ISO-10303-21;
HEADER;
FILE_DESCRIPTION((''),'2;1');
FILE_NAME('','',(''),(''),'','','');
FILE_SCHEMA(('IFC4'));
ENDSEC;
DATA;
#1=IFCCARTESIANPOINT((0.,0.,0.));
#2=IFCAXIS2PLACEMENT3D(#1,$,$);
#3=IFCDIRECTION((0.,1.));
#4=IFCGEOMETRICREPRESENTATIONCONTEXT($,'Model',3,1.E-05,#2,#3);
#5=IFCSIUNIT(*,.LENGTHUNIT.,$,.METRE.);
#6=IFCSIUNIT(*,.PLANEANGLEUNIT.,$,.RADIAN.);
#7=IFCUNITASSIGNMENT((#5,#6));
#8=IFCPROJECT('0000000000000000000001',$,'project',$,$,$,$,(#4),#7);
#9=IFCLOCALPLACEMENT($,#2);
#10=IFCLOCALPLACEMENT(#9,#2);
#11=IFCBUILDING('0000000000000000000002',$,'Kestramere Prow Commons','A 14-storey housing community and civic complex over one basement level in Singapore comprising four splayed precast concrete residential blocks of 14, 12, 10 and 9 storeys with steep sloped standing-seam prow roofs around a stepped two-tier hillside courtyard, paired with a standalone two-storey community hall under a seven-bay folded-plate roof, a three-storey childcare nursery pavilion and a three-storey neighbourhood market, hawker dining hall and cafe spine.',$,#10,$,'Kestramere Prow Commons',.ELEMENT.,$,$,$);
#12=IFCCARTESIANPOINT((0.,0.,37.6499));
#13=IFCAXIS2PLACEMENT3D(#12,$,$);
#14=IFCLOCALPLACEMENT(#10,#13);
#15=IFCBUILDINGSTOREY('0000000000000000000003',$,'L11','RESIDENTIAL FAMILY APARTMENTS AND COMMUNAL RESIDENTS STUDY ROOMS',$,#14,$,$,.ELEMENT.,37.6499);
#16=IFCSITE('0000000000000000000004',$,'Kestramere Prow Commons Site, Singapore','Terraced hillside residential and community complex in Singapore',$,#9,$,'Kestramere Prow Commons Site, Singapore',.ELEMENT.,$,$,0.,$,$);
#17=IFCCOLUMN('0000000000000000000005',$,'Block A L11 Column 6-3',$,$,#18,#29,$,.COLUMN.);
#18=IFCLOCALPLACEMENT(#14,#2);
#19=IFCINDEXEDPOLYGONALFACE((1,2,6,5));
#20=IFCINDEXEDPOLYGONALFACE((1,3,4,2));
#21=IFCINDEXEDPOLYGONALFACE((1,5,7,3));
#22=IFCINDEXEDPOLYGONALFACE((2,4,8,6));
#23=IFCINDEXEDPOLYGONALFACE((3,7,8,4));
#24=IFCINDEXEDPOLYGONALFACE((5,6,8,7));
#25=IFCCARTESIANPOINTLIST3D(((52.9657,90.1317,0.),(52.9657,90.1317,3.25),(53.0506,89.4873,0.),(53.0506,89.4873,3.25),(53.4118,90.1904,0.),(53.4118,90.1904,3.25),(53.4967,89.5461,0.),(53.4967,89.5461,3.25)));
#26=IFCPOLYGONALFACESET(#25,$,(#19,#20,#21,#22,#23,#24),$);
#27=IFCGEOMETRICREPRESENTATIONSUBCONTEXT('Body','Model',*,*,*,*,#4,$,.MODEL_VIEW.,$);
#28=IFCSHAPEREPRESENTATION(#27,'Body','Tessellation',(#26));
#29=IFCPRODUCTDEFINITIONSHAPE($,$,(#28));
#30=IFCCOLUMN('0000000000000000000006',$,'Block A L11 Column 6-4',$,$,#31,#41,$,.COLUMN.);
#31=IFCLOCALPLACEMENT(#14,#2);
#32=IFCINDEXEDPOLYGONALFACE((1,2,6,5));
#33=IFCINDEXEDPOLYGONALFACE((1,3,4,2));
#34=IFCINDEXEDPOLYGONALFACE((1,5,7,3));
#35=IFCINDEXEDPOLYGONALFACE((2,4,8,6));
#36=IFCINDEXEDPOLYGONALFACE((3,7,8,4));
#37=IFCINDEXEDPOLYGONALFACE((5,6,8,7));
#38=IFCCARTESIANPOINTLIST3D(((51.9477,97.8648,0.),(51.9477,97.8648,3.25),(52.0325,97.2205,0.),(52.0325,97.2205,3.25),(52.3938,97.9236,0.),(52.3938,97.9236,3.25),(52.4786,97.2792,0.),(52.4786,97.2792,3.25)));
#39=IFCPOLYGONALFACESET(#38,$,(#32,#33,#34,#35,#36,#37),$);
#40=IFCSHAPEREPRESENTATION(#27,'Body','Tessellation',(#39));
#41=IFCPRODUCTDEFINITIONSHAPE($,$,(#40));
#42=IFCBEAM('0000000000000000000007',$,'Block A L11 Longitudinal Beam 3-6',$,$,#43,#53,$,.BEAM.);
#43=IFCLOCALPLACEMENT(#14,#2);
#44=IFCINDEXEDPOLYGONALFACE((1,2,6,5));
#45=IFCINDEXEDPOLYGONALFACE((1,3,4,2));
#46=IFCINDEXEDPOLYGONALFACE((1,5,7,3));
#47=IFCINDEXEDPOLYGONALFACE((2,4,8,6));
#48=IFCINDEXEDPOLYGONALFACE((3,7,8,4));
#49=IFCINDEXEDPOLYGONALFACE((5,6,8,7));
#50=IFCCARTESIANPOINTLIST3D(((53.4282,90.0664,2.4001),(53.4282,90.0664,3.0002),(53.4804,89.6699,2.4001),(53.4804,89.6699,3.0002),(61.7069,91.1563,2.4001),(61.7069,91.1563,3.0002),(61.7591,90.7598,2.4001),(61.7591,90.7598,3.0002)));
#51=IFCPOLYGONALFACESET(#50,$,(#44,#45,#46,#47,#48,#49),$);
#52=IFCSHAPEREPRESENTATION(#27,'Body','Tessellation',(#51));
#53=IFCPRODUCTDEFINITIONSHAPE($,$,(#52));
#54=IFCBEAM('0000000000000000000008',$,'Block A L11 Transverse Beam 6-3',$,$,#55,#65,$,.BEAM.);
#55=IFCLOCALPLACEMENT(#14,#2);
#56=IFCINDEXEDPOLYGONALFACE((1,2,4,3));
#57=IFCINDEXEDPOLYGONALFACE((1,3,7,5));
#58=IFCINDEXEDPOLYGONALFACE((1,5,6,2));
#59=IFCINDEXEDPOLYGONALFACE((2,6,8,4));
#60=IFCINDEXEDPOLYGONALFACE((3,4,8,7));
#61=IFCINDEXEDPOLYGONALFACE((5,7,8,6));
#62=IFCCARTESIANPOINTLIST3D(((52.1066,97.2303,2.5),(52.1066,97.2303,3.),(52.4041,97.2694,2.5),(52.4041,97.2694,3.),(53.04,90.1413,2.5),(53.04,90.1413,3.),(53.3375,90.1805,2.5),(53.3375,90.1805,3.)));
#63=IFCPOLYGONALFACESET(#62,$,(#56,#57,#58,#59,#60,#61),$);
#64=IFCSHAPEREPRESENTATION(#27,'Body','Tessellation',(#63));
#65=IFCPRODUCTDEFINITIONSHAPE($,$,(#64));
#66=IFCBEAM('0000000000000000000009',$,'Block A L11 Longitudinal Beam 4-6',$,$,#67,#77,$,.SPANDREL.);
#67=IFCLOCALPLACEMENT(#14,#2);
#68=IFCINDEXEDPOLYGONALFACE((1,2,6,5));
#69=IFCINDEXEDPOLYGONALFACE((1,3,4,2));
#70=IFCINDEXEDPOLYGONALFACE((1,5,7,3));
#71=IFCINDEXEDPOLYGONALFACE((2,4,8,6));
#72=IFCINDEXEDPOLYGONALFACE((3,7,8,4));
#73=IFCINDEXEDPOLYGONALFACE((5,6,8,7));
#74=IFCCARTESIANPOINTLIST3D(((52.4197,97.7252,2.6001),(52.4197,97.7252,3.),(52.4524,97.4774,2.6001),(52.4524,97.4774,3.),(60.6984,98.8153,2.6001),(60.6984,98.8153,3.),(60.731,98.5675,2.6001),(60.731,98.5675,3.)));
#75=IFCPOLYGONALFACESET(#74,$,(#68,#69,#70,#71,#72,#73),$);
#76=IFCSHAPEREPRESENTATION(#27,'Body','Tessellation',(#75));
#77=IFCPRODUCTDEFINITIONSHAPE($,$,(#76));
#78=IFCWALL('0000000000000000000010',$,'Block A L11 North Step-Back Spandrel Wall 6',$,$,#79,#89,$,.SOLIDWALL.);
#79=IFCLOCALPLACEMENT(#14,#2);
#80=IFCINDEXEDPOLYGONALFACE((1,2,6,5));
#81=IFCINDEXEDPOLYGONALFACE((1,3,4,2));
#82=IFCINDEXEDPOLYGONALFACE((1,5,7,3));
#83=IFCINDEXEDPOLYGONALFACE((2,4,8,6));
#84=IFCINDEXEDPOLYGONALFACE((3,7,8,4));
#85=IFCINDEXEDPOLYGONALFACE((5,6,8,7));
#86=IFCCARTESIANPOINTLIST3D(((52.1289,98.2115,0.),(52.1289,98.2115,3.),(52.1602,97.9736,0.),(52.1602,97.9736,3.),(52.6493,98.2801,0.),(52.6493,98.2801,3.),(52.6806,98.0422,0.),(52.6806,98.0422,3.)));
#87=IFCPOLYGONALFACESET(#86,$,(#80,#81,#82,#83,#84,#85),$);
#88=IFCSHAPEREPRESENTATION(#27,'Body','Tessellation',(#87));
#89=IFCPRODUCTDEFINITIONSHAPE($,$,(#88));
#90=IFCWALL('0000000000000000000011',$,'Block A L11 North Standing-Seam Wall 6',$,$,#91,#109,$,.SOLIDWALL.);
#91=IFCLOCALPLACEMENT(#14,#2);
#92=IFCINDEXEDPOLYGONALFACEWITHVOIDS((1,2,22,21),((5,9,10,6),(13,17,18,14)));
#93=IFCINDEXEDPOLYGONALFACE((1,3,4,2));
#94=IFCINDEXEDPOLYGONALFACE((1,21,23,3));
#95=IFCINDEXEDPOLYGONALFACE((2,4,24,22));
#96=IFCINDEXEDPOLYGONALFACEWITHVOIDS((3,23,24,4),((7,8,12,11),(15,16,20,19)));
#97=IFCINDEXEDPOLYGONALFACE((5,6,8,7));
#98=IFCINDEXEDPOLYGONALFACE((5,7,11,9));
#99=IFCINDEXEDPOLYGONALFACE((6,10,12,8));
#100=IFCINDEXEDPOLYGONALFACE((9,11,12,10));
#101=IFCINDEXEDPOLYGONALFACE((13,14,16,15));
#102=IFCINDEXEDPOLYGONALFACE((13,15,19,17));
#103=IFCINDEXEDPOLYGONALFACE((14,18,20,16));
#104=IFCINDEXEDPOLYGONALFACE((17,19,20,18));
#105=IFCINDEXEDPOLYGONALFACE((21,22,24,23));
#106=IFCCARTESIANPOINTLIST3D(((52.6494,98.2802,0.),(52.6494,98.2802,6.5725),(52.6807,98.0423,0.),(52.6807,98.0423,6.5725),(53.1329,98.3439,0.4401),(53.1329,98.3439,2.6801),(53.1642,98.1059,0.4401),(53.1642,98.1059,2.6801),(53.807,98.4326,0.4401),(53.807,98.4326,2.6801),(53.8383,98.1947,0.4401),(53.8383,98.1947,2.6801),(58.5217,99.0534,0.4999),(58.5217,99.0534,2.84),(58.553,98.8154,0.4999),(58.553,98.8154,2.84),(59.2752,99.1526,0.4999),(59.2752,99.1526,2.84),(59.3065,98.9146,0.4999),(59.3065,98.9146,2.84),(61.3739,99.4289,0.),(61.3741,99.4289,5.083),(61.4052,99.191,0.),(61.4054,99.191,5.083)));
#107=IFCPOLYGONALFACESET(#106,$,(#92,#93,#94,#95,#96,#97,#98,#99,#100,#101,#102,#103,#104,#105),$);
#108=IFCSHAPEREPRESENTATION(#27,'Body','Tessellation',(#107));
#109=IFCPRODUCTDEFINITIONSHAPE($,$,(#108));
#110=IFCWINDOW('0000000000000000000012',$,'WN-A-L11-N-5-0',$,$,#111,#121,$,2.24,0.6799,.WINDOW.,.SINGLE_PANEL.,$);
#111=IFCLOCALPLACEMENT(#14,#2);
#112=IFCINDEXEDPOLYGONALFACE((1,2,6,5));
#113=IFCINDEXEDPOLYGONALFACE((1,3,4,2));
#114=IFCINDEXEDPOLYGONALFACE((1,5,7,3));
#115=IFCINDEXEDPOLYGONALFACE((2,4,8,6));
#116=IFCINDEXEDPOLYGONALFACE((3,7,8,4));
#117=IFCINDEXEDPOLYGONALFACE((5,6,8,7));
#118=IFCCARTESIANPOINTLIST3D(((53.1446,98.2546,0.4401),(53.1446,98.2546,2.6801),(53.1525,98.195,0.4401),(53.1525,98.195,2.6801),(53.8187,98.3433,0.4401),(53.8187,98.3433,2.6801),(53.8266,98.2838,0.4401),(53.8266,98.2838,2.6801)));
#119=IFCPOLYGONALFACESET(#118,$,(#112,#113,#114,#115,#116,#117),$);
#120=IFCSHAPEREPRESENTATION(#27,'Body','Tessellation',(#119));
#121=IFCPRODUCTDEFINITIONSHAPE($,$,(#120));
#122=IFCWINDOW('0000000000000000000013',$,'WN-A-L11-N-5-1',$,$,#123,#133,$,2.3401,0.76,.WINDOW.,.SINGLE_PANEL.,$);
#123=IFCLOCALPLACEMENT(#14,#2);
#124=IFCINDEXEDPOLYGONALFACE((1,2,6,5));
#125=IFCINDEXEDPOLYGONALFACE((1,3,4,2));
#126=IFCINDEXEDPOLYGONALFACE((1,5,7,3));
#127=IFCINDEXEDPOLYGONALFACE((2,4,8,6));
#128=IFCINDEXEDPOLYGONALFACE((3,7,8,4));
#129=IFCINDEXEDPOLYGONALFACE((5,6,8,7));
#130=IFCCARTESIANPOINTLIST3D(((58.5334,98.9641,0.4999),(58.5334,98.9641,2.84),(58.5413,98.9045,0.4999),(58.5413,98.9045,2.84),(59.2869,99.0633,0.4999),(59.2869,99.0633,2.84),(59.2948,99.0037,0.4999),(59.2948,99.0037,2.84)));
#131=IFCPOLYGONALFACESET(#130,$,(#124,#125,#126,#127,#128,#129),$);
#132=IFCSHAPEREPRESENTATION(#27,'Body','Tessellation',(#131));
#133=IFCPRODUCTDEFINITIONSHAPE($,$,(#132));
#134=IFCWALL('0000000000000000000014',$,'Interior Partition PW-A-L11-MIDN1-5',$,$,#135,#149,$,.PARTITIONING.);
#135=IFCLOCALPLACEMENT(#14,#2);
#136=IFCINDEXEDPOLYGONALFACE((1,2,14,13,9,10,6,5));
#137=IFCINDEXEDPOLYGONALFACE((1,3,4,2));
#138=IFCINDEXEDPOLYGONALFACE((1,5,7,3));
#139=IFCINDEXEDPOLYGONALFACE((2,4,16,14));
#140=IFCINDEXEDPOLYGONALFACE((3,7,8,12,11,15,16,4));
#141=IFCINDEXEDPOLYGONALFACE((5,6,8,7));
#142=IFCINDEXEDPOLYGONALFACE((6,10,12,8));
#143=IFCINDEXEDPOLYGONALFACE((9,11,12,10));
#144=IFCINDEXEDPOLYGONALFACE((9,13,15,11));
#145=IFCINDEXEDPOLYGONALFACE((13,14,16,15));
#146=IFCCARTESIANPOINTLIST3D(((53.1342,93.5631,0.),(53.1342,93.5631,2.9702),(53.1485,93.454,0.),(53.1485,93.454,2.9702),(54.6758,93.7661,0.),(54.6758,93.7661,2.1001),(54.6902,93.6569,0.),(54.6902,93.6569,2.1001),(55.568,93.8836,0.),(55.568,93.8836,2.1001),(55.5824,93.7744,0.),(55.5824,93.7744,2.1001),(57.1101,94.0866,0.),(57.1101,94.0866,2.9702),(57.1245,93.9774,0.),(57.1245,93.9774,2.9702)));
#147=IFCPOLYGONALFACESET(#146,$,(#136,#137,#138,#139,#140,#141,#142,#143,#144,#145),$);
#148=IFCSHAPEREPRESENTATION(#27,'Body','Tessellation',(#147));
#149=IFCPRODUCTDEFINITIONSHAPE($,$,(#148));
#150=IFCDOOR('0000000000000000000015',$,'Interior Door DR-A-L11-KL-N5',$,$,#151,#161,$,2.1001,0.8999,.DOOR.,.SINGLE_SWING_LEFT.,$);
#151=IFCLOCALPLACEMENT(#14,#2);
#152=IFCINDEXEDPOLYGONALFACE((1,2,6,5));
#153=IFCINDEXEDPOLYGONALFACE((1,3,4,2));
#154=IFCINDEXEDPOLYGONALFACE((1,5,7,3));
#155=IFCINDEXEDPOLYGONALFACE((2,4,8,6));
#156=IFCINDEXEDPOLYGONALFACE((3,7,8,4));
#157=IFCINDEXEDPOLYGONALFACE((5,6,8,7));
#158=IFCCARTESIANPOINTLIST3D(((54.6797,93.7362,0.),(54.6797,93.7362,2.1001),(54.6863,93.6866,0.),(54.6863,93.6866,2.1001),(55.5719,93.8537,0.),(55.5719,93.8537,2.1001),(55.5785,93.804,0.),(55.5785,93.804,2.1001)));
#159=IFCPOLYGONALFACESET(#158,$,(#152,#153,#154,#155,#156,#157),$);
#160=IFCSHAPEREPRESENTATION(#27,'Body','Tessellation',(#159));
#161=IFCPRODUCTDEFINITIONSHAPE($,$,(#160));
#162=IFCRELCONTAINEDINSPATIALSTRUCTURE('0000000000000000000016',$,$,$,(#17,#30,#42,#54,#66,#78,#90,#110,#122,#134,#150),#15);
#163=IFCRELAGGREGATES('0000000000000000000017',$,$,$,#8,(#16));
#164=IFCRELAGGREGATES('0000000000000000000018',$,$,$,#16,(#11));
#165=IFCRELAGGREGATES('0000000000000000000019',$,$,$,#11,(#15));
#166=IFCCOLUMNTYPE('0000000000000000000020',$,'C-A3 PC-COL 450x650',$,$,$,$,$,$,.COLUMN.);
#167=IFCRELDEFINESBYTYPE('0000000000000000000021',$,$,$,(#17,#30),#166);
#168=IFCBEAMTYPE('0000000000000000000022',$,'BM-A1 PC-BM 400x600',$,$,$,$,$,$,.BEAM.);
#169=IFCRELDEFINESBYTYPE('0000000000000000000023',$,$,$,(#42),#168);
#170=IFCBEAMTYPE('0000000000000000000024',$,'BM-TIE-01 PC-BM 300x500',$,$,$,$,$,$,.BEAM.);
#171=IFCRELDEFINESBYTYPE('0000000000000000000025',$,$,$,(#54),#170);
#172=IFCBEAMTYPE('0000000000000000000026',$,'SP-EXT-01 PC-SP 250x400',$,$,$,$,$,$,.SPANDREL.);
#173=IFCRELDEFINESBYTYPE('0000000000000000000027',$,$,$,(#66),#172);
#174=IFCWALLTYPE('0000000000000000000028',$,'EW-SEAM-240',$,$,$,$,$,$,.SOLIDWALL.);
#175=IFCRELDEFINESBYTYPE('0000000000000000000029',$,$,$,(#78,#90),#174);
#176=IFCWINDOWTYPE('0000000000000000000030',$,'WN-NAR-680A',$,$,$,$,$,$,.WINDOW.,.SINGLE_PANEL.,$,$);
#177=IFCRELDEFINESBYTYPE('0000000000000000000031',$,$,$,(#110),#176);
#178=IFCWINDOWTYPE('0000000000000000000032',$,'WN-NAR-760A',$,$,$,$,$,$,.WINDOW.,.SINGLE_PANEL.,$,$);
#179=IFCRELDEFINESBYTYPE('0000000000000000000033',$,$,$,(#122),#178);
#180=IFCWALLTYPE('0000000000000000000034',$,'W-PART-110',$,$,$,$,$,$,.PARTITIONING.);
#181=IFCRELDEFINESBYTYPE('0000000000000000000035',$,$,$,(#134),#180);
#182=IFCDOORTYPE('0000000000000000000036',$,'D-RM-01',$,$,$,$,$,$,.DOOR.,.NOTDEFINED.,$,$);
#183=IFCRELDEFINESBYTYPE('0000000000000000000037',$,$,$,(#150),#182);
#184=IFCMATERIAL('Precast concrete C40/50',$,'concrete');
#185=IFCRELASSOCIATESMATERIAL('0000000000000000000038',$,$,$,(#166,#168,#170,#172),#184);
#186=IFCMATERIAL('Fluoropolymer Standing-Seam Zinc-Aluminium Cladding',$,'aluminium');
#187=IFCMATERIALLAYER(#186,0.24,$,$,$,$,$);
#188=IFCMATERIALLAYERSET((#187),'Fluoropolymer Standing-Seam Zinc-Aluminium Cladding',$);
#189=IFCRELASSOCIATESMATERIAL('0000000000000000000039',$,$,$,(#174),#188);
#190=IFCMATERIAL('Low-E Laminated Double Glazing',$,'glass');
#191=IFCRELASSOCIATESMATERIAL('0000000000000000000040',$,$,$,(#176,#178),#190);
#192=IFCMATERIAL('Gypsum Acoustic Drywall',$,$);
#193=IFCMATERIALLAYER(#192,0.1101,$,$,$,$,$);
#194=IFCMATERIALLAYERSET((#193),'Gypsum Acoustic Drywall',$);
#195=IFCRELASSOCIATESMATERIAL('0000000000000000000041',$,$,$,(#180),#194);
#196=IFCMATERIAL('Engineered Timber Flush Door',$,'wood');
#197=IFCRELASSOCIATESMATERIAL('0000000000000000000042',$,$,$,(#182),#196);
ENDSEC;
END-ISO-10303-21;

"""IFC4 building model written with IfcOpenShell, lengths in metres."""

from ifc_helpers import new_model, si_unit, direction, frame, frame_2d, origin, origin_2d, place, context, subcontext, project, spatial, polyline, rectangle, outline, extrude, material, layer, layer_set, material_profile, profile_set, type_object, element, fill, save


model = new_model("IFC4")

# Units and contexts
model_context = context("Model", 3, precision=1e-05, world=origin(), true_north=direction((0.0, 1.0)))
body_context = subcontext(model_context, "Body", "Model", "MODEL_VIEW")
ifc_project = project(units=[si_unit("LENGTHUNIT", "METRE"), si_unit("PLANEANGLEUNIT", "RADIAN")], contexts=[model_context])

# Site, building, storey
site_placement = place(None, origin())
site = spatial("IfcSite", under=ifc_project, at=site_placement, Name="Kestramere Prow Commons Site, Singapore", Description="Terraced hillside residential and community complex in Singapore", LongName="Kestramere Prow Commons Site, Singapore", CompositionType="ELEMENT", RefElevation=0.0)
building_placement = place(site_placement, origin())
building = spatial("IfcBuilding", under=site, at=building_placement, Name="Kestramere Prow Commons", Description="A 14-storey housing community and civic complex over one basement level in Singapore comprising four splayed precast concrete residential blocks of 14, 12, 10 and 9 storeys with steep sloped standing-seam prow roofs around a stepped two-tier hillside courtyard, paired with a standalone two-storey community hall under a seven-bay folded-plate roof, a three-storey childcare nursery pavilion and a three-storey neighbourhood market, hawker dining hall and cafe spine.", LongName="Kestramere Prow Commons", CompositionType="ELEMENT")
storey_placement = place(building_placement, frame((0.0, 0.0, 37.6499)))
storey = spatial("IfcBuildingStorey", under=building, at=storey_placement, Name="L11", Description="RESIDENTIAL FAMILY APARTMENTS AND COMMUNAL RESIDENTS STUDY ROOMS", CompositionType="ELEMENT", Elevation=37.6499)

# Columns
ifc_material_1 = material(Name="Precast concrete C40/50", Category="concrete")
ifc_material_profile_1 = material_profile(ifc_material_1, rectangle(XDim=0.45, YDim=0.6499, at=origin_2d()), Name="PC-COL 450x650")
ifc_profile_set_1 = profile_set([ifc_material_profile_1], Name="Precast concrete C40/50")
column_type = type_object("IfcColumnType", Name="C-A3 PC-COL 450x650", PredefinedType="COLUMN", material=ifc_profile_set_1)
for number, where, z_axis, x_axis, name in (
    (1, (53.2312, 89.8389, 0.0), (0.0, 0.0, 1.0), (0.991445, 0.130526, 0.0), "Block A L11 Column 6-3"),
    (2, (52.2131, 97.572, 0.0), (0.0, 0.0, 1.0), (0.991445, 0.130526, 0.0), "Block A L11 Column 6-4"),
):
    element("IfcColumn", number, at=place(storey_placement, frame(where, z_axis=z_axis, x_axis=x_axis)), inside=storey, type_object=column_type, Name=name, PredefinedType="COLUMN", context=body_context, shape_type="SweptSolid", body=[
        extrude(rectangle(XDim=0.45, YDim=0.6499, at=origin_2d()), origin(), (0.0, 0.0, 1.0), 3.25),
    ])

# Beams
ifc_material_profile_2 = material_profile(ifc_material_1, rectangle(XDim=0.3999, YDim=0.6001, at=origin_2d()), Name="PC-BM 400x600")
ifc_profile_set_2 = profile_set([ifc_material_profile_2], Name="Precast concrete C40/50")
beam_type_1 = type_object("IfcBeamType", Name="BM-A1 PC-BM 400x600", PredefinedType="BEAM", material=ifc_profile_set_2)
beam_1_placement = place(storey_placement, frame((53.4543, 89.8682, 2.7002), z_axis=(0.991446, 0.13052, 0.0), x_axis=(-0.13052, 0.991446, 0.0)))
element("IfcBeam", 3, at=beam_1_placement, inside=storey, type_object=beam_type_1, Name="Block A L11 Longitudinal Beam 3-6", PredefinedType="BEAM", context=body_context, shape_type="SweptSolid", body=[
    extrude(rectangle(XDim=0.3999, YDim=0.6001, at=origin_2d()), origin(), (0.0, 0.0, 1.0), 8.3501),
])
ifc_material_profile_3 = material_profile(ifc_material_1, rectangle(XDim=0.3, YDim=0.5, at=origin_2d()), Name="PC-BM 300x500")
ifc_profile_set_3 = profile_set([ifc_material_profile_3], Name="Precast concrete C40/50")
beam_type_2 = type_object("IfcBeamType", Name="BM-TIE-01 PC-BM 300x500", PredefinedType="BEAM", material=ifc_profile_set_3)
beam_2_placement = place(storey_placement, frame((53.1887, 90.1609, 2.75), z_axis=(-0.130538, 0.991443, 0.0), x_axis=(-0.991443, -0.130538, 0.0)))
element("IfcBeam", 4, at=beam_2_placement, inside=storey, type_object=beam_type_2, Name="Block A L11 Transverse Beam 6-3", PredefinedType="BEAM", context=body_context, shape_type="SweptSolid", body=[
    extrude(rectangle(XDim=0.3, YDim=0.5, at=origin_2d()), origin(), (0.0, 0.0, 1.0), 7.1501),
])
ifc_material_profile_4 = material_profile(ifc_material_1, rectangle(XDim=0.25, YDim=0.3999, at=origin_2d()), Name="PC-SP 250x400")
ifc_profile_set_4 = profile_set([ifc_material_profile_4], Name="Precast concrete C40/50")
beam_type_3 = type_object("IfcBeamType", Name="SP-EXT-01 PC-SP 250x400", PredefinedType="SPANDREL", material=ifc_profile_set_4)
beam_3_placement = place(storey_placement, frame((52.436, 97.6013, 2.8), z_axis=(0.991442, 0.130549, 0.0), x_axis=(-0.130549, 0.991442, 0.0)))
element("IfcBeam", 5, at=beam_3_placement, inside=storey, type_object=beam_type_3, Name="Block A L11 Longitudinal Beam 4-6", PredefinedType="SPANDREL", context=body_context, shape_type="SweptSolid", body=[
    extrude(rectangle(XDim=0.25, YDim=0.3999, at=origin_2d()), origin(), (0.0, 0.0, 1.0), 8.3501),
])

# Wall
ifc_material_2 = material(Name="Fluoropolymer Standing-Seam Zinc-Aluminium Cladding", Category="aluminium")
ifc_layer_1 = layer(ifc_material_2, 0.24)
ifc_layer_set_1 = layer_set([ifc_layer_1], Name="Fluoropolymer Standing-Seam Zinc-Aluminium Cladding")
wall_type_1 = type_object("IfcWallType", Name="EW-SEAM-240", PredefinedType="SOLIDWALL", material=ifc_layer_set_1)
wall_1_placement = place(storey_placement, frame((52.1445, 98.0925, 0.0), z_axis=(0.0, 0.0, 1.0), x_axis=(0.991426, 0.130671, 0.0)))
element("IfcWall", 6, at=wall_1_placement, inside=storey, type_object=wall_type_1, Name="Block A L11 North Step-Back Spandrel Wall 6", PredefinedType="SOLIDWALL", context=body_context, shape_type="SweptSolid", body=[
    extrude(rectangle(XDim=0.5249, YDim=0.24, at=frame_2d((0.2625, 0.0))), origin(), (0.0, 0.0, 1.0), 3.0),
])

# Wall, openings, windows
wall_2_placement = place(storey_placement, frame((52.665, 98.1611, 0.0), z_axis=(0.0, 0.0, 1.0), x_axis=(0.991444, 0.130533, 0.0)))
wall_2 = element("IfcWall", 7, at=wall_2_placement, inside=storey, type_object=wall_type_1, Name="Block A L11 North Standing-Seam Wall 6", PredefinedType="SOLIDWALL", context=body_context, shape_type="SweptSolid", body=[
    extrude(outline(polyline([(0.0, 0.0), (8.7998, 0.0), (8.8, 5.083), (0.0, 6.5725), (0.0, 0.0)])), frame((0.0, 0.1201, 0.0), z_axis=(0.0, -1.0, 0.0), x_axis=(1.0, 0.0, 0.0)), (0.0, 0.0, 1.0), 0.24),
])
opening_1_placement = place(wall_2_placement, frame((0.4878, 0.0, 0.4399)))
opening_1 = element("IfcOpeningElement", 8, at=opening_1_placement, cuts=wall_2, PredefinedType="OPENING", context=body_context, shape_type="SweptSolid", body=[
    extrude(rectangle(XDim=0.6799, YDim=2.24, at=frame_2d((0.3398, 1.1201))), frame((0.0, 0.135, 0.0), z_axis=(0.0, -1.0, 0.0), x_axis=(1.0, 0.0, 0.0)), (0.0, 0.0, 1.0), 0.27),
])
opening_2_placement = place(wall_2_placement, frame((5.9231, 0.0, 0.5)))
opening_2 = element("IfcOpeningElement", 9, at=opening_2_placement, cuts=wall_2, PredefinedType="OPENING", context=body_context, shape_type="SweptSolid", body=[
    extrude(rectangle(XDim=0.76, YDim=2.3401, at=frame_2d((0.3799, 1.1699))), frame((0.0, 0.135, 0.0), z_axis=(0.0, -1.0, 0.0), x_axis=(1.0, 0.0, 0.0)), (0.0, 0.0, 1.0), 0.27),
])
ifc_material_3 = material(Name="Low-E Laminated Double Glazing", Category="glass")
window_type_1 = type_object("IfcWindowType", Name="WN-NAR-680A", PartitioningType="SINGLE_PANEL", PredefinedType="WINDOW", material=ifc_material_3)
window_1_placement = place(opening_1_placement, origin())
window_1 = element("IfcWindow", 10, at=window_1_placement, inside=storey, type_object=window_type_1, Name="WN-A-L11-N-5-0", OverallHeight=2.24, OverallWidth=0.6799, PartitioningType="SINGLE_PANEL", PredefinedType="WINDOW", context=body_context, shape_type="SweptSolid", body=[
    extrude(rectangle(XDim=0.6799, YDim=2.24, at=frame_2d((0.3398, 1.1201))), frame((0.0, 0.03, 0.0), z_axis=(0.0, -1.0, 0.0), x_axis=(1.0, 0.0, 0.0)), (0.0, 0.0, 1.0), 0.0601),
])
fill(opening_1, window_1)
window_type_2 = type_object("IfcWindowType", Name="WN-NAR-760A", PartitioningType="SINGLE_PANEL", PredefinedType="WINDOW", material=ifc_material_3)
window_2_placement = place(opening_2_placement, origin())
window_2 = element("IfcWindow", 11, at=window_2_placement, inside=storey, type_object=window_type_2, Name="WN-A-L11-N-5-1", OverallHeight=2.3401, OverallWidth=0.76, PartitioningType="SINGLE_PANEL", PredefinedType="WINDOW", context=body_context, shape_type="SweptSolid", body=[
    extrude(rectangle(XDim=0.76, YDim=2.3401, at=frame_2d((0.3799, 1.1699))), frame((0.0, 0.03, 0.0), z_axis=(0.0, -1.0, 0.0), x_axis=(1.0, 0.0, 0.0)), (0.0, 0.0, 1.0), 0.0601),
])
fill(opening_2, window_2)

# Wall, opening, door
ifc_material_4 = material(Name="Gypsum Acoustic Drywall")
ifc_layer_2 = layer(ifc_material_4, 0.1101)
ifc_layer_set_2 = layer_set([ifc_layer_2], Name="Gypsum Acoustic Drywall")
wall_type_2 = type_object("IfcWallType", Name="W-PART-110", PredefinedType="PARTITIONING", material=ifc_layer_set_2)
wall_3_placement = place(storey_placement, frame((53.1414, 93.5085, 0.0), z_axis=(0.0, 0.0, 1.0), x_axis=(0.991445, 0.130529, 0.0)))
wall_3 = element("IfcWall", 12, at=wall_3_placement, inside=storey, type_object=wall_type_2, Name="Interior Partition PW-A-L11-MIDN1-5", PredefinedType="PARTITIONING", context=body_context, shape_type="SweptSolid", body=[
    extrude(rectangle(XDim=4.0103, YDim=0.1101, at=frame_2d((2.0051, 0.0))), origin(), (0.0, 0.0, 1.0), 2.9702),
])
opening_3_placement = place(wall_3_placement, frame((1.5549, 0.0, 0.0)))
opening_3 = element("IfcOpeningElement", 13, at=opening_3_placement, cuts=wall_3, PredefinedType="OPENING", context=body_context, shape_type="SweptSolid", body=[
    extrude(rectangle(XDim=0.8999, YDim=2.1001, at=frame_2d((0.45, 1.05))), frame((0.0, 0.0701, 0.0), z_axis=(0.0, -1.0, 0.0), x_axis=(1.0, 0.0, 0.0)), (0.0, 0.0, 1.0), 0.1401),
])
ifc_material_5 = material(Name="Engineered Timber Flush Door", Category="wood")
door_type_1 = type_object("IfcDoorType", Name="D-RM-01", OperationType="NOTDEFINED", PredefinedType="DOOR", material=ifc_material_5)
door_1_placement = place(opening_3_placement, origin())
door_1 = element("IfcDoor", 14, at=door_1_placement, inside=storey, type_object=door_type_1, Name="Interior Door DR-A-L11-KL-N5", OperationType="SINGLE_SWING_LEFT", OverallHeight=2.1001, OverallWidth=0.8999, PredefinedType="DOOR", context=body_context, shape_type="SweptSolid", body=[
    extrude(rectangle(XDim=0.8999, YDim=2.1001, at=frame_2d((0.45, 1.05))), frame((0.0, 0.0249, 0.0), z_axis=(0.0, -1.0, 0.0), x_axis=(1.0, 0.0, 0.0)), (0.0, 0.0, 1.0), 0.05),
])
fill(opening_3, door_1)

save(model, "model.ifc")
